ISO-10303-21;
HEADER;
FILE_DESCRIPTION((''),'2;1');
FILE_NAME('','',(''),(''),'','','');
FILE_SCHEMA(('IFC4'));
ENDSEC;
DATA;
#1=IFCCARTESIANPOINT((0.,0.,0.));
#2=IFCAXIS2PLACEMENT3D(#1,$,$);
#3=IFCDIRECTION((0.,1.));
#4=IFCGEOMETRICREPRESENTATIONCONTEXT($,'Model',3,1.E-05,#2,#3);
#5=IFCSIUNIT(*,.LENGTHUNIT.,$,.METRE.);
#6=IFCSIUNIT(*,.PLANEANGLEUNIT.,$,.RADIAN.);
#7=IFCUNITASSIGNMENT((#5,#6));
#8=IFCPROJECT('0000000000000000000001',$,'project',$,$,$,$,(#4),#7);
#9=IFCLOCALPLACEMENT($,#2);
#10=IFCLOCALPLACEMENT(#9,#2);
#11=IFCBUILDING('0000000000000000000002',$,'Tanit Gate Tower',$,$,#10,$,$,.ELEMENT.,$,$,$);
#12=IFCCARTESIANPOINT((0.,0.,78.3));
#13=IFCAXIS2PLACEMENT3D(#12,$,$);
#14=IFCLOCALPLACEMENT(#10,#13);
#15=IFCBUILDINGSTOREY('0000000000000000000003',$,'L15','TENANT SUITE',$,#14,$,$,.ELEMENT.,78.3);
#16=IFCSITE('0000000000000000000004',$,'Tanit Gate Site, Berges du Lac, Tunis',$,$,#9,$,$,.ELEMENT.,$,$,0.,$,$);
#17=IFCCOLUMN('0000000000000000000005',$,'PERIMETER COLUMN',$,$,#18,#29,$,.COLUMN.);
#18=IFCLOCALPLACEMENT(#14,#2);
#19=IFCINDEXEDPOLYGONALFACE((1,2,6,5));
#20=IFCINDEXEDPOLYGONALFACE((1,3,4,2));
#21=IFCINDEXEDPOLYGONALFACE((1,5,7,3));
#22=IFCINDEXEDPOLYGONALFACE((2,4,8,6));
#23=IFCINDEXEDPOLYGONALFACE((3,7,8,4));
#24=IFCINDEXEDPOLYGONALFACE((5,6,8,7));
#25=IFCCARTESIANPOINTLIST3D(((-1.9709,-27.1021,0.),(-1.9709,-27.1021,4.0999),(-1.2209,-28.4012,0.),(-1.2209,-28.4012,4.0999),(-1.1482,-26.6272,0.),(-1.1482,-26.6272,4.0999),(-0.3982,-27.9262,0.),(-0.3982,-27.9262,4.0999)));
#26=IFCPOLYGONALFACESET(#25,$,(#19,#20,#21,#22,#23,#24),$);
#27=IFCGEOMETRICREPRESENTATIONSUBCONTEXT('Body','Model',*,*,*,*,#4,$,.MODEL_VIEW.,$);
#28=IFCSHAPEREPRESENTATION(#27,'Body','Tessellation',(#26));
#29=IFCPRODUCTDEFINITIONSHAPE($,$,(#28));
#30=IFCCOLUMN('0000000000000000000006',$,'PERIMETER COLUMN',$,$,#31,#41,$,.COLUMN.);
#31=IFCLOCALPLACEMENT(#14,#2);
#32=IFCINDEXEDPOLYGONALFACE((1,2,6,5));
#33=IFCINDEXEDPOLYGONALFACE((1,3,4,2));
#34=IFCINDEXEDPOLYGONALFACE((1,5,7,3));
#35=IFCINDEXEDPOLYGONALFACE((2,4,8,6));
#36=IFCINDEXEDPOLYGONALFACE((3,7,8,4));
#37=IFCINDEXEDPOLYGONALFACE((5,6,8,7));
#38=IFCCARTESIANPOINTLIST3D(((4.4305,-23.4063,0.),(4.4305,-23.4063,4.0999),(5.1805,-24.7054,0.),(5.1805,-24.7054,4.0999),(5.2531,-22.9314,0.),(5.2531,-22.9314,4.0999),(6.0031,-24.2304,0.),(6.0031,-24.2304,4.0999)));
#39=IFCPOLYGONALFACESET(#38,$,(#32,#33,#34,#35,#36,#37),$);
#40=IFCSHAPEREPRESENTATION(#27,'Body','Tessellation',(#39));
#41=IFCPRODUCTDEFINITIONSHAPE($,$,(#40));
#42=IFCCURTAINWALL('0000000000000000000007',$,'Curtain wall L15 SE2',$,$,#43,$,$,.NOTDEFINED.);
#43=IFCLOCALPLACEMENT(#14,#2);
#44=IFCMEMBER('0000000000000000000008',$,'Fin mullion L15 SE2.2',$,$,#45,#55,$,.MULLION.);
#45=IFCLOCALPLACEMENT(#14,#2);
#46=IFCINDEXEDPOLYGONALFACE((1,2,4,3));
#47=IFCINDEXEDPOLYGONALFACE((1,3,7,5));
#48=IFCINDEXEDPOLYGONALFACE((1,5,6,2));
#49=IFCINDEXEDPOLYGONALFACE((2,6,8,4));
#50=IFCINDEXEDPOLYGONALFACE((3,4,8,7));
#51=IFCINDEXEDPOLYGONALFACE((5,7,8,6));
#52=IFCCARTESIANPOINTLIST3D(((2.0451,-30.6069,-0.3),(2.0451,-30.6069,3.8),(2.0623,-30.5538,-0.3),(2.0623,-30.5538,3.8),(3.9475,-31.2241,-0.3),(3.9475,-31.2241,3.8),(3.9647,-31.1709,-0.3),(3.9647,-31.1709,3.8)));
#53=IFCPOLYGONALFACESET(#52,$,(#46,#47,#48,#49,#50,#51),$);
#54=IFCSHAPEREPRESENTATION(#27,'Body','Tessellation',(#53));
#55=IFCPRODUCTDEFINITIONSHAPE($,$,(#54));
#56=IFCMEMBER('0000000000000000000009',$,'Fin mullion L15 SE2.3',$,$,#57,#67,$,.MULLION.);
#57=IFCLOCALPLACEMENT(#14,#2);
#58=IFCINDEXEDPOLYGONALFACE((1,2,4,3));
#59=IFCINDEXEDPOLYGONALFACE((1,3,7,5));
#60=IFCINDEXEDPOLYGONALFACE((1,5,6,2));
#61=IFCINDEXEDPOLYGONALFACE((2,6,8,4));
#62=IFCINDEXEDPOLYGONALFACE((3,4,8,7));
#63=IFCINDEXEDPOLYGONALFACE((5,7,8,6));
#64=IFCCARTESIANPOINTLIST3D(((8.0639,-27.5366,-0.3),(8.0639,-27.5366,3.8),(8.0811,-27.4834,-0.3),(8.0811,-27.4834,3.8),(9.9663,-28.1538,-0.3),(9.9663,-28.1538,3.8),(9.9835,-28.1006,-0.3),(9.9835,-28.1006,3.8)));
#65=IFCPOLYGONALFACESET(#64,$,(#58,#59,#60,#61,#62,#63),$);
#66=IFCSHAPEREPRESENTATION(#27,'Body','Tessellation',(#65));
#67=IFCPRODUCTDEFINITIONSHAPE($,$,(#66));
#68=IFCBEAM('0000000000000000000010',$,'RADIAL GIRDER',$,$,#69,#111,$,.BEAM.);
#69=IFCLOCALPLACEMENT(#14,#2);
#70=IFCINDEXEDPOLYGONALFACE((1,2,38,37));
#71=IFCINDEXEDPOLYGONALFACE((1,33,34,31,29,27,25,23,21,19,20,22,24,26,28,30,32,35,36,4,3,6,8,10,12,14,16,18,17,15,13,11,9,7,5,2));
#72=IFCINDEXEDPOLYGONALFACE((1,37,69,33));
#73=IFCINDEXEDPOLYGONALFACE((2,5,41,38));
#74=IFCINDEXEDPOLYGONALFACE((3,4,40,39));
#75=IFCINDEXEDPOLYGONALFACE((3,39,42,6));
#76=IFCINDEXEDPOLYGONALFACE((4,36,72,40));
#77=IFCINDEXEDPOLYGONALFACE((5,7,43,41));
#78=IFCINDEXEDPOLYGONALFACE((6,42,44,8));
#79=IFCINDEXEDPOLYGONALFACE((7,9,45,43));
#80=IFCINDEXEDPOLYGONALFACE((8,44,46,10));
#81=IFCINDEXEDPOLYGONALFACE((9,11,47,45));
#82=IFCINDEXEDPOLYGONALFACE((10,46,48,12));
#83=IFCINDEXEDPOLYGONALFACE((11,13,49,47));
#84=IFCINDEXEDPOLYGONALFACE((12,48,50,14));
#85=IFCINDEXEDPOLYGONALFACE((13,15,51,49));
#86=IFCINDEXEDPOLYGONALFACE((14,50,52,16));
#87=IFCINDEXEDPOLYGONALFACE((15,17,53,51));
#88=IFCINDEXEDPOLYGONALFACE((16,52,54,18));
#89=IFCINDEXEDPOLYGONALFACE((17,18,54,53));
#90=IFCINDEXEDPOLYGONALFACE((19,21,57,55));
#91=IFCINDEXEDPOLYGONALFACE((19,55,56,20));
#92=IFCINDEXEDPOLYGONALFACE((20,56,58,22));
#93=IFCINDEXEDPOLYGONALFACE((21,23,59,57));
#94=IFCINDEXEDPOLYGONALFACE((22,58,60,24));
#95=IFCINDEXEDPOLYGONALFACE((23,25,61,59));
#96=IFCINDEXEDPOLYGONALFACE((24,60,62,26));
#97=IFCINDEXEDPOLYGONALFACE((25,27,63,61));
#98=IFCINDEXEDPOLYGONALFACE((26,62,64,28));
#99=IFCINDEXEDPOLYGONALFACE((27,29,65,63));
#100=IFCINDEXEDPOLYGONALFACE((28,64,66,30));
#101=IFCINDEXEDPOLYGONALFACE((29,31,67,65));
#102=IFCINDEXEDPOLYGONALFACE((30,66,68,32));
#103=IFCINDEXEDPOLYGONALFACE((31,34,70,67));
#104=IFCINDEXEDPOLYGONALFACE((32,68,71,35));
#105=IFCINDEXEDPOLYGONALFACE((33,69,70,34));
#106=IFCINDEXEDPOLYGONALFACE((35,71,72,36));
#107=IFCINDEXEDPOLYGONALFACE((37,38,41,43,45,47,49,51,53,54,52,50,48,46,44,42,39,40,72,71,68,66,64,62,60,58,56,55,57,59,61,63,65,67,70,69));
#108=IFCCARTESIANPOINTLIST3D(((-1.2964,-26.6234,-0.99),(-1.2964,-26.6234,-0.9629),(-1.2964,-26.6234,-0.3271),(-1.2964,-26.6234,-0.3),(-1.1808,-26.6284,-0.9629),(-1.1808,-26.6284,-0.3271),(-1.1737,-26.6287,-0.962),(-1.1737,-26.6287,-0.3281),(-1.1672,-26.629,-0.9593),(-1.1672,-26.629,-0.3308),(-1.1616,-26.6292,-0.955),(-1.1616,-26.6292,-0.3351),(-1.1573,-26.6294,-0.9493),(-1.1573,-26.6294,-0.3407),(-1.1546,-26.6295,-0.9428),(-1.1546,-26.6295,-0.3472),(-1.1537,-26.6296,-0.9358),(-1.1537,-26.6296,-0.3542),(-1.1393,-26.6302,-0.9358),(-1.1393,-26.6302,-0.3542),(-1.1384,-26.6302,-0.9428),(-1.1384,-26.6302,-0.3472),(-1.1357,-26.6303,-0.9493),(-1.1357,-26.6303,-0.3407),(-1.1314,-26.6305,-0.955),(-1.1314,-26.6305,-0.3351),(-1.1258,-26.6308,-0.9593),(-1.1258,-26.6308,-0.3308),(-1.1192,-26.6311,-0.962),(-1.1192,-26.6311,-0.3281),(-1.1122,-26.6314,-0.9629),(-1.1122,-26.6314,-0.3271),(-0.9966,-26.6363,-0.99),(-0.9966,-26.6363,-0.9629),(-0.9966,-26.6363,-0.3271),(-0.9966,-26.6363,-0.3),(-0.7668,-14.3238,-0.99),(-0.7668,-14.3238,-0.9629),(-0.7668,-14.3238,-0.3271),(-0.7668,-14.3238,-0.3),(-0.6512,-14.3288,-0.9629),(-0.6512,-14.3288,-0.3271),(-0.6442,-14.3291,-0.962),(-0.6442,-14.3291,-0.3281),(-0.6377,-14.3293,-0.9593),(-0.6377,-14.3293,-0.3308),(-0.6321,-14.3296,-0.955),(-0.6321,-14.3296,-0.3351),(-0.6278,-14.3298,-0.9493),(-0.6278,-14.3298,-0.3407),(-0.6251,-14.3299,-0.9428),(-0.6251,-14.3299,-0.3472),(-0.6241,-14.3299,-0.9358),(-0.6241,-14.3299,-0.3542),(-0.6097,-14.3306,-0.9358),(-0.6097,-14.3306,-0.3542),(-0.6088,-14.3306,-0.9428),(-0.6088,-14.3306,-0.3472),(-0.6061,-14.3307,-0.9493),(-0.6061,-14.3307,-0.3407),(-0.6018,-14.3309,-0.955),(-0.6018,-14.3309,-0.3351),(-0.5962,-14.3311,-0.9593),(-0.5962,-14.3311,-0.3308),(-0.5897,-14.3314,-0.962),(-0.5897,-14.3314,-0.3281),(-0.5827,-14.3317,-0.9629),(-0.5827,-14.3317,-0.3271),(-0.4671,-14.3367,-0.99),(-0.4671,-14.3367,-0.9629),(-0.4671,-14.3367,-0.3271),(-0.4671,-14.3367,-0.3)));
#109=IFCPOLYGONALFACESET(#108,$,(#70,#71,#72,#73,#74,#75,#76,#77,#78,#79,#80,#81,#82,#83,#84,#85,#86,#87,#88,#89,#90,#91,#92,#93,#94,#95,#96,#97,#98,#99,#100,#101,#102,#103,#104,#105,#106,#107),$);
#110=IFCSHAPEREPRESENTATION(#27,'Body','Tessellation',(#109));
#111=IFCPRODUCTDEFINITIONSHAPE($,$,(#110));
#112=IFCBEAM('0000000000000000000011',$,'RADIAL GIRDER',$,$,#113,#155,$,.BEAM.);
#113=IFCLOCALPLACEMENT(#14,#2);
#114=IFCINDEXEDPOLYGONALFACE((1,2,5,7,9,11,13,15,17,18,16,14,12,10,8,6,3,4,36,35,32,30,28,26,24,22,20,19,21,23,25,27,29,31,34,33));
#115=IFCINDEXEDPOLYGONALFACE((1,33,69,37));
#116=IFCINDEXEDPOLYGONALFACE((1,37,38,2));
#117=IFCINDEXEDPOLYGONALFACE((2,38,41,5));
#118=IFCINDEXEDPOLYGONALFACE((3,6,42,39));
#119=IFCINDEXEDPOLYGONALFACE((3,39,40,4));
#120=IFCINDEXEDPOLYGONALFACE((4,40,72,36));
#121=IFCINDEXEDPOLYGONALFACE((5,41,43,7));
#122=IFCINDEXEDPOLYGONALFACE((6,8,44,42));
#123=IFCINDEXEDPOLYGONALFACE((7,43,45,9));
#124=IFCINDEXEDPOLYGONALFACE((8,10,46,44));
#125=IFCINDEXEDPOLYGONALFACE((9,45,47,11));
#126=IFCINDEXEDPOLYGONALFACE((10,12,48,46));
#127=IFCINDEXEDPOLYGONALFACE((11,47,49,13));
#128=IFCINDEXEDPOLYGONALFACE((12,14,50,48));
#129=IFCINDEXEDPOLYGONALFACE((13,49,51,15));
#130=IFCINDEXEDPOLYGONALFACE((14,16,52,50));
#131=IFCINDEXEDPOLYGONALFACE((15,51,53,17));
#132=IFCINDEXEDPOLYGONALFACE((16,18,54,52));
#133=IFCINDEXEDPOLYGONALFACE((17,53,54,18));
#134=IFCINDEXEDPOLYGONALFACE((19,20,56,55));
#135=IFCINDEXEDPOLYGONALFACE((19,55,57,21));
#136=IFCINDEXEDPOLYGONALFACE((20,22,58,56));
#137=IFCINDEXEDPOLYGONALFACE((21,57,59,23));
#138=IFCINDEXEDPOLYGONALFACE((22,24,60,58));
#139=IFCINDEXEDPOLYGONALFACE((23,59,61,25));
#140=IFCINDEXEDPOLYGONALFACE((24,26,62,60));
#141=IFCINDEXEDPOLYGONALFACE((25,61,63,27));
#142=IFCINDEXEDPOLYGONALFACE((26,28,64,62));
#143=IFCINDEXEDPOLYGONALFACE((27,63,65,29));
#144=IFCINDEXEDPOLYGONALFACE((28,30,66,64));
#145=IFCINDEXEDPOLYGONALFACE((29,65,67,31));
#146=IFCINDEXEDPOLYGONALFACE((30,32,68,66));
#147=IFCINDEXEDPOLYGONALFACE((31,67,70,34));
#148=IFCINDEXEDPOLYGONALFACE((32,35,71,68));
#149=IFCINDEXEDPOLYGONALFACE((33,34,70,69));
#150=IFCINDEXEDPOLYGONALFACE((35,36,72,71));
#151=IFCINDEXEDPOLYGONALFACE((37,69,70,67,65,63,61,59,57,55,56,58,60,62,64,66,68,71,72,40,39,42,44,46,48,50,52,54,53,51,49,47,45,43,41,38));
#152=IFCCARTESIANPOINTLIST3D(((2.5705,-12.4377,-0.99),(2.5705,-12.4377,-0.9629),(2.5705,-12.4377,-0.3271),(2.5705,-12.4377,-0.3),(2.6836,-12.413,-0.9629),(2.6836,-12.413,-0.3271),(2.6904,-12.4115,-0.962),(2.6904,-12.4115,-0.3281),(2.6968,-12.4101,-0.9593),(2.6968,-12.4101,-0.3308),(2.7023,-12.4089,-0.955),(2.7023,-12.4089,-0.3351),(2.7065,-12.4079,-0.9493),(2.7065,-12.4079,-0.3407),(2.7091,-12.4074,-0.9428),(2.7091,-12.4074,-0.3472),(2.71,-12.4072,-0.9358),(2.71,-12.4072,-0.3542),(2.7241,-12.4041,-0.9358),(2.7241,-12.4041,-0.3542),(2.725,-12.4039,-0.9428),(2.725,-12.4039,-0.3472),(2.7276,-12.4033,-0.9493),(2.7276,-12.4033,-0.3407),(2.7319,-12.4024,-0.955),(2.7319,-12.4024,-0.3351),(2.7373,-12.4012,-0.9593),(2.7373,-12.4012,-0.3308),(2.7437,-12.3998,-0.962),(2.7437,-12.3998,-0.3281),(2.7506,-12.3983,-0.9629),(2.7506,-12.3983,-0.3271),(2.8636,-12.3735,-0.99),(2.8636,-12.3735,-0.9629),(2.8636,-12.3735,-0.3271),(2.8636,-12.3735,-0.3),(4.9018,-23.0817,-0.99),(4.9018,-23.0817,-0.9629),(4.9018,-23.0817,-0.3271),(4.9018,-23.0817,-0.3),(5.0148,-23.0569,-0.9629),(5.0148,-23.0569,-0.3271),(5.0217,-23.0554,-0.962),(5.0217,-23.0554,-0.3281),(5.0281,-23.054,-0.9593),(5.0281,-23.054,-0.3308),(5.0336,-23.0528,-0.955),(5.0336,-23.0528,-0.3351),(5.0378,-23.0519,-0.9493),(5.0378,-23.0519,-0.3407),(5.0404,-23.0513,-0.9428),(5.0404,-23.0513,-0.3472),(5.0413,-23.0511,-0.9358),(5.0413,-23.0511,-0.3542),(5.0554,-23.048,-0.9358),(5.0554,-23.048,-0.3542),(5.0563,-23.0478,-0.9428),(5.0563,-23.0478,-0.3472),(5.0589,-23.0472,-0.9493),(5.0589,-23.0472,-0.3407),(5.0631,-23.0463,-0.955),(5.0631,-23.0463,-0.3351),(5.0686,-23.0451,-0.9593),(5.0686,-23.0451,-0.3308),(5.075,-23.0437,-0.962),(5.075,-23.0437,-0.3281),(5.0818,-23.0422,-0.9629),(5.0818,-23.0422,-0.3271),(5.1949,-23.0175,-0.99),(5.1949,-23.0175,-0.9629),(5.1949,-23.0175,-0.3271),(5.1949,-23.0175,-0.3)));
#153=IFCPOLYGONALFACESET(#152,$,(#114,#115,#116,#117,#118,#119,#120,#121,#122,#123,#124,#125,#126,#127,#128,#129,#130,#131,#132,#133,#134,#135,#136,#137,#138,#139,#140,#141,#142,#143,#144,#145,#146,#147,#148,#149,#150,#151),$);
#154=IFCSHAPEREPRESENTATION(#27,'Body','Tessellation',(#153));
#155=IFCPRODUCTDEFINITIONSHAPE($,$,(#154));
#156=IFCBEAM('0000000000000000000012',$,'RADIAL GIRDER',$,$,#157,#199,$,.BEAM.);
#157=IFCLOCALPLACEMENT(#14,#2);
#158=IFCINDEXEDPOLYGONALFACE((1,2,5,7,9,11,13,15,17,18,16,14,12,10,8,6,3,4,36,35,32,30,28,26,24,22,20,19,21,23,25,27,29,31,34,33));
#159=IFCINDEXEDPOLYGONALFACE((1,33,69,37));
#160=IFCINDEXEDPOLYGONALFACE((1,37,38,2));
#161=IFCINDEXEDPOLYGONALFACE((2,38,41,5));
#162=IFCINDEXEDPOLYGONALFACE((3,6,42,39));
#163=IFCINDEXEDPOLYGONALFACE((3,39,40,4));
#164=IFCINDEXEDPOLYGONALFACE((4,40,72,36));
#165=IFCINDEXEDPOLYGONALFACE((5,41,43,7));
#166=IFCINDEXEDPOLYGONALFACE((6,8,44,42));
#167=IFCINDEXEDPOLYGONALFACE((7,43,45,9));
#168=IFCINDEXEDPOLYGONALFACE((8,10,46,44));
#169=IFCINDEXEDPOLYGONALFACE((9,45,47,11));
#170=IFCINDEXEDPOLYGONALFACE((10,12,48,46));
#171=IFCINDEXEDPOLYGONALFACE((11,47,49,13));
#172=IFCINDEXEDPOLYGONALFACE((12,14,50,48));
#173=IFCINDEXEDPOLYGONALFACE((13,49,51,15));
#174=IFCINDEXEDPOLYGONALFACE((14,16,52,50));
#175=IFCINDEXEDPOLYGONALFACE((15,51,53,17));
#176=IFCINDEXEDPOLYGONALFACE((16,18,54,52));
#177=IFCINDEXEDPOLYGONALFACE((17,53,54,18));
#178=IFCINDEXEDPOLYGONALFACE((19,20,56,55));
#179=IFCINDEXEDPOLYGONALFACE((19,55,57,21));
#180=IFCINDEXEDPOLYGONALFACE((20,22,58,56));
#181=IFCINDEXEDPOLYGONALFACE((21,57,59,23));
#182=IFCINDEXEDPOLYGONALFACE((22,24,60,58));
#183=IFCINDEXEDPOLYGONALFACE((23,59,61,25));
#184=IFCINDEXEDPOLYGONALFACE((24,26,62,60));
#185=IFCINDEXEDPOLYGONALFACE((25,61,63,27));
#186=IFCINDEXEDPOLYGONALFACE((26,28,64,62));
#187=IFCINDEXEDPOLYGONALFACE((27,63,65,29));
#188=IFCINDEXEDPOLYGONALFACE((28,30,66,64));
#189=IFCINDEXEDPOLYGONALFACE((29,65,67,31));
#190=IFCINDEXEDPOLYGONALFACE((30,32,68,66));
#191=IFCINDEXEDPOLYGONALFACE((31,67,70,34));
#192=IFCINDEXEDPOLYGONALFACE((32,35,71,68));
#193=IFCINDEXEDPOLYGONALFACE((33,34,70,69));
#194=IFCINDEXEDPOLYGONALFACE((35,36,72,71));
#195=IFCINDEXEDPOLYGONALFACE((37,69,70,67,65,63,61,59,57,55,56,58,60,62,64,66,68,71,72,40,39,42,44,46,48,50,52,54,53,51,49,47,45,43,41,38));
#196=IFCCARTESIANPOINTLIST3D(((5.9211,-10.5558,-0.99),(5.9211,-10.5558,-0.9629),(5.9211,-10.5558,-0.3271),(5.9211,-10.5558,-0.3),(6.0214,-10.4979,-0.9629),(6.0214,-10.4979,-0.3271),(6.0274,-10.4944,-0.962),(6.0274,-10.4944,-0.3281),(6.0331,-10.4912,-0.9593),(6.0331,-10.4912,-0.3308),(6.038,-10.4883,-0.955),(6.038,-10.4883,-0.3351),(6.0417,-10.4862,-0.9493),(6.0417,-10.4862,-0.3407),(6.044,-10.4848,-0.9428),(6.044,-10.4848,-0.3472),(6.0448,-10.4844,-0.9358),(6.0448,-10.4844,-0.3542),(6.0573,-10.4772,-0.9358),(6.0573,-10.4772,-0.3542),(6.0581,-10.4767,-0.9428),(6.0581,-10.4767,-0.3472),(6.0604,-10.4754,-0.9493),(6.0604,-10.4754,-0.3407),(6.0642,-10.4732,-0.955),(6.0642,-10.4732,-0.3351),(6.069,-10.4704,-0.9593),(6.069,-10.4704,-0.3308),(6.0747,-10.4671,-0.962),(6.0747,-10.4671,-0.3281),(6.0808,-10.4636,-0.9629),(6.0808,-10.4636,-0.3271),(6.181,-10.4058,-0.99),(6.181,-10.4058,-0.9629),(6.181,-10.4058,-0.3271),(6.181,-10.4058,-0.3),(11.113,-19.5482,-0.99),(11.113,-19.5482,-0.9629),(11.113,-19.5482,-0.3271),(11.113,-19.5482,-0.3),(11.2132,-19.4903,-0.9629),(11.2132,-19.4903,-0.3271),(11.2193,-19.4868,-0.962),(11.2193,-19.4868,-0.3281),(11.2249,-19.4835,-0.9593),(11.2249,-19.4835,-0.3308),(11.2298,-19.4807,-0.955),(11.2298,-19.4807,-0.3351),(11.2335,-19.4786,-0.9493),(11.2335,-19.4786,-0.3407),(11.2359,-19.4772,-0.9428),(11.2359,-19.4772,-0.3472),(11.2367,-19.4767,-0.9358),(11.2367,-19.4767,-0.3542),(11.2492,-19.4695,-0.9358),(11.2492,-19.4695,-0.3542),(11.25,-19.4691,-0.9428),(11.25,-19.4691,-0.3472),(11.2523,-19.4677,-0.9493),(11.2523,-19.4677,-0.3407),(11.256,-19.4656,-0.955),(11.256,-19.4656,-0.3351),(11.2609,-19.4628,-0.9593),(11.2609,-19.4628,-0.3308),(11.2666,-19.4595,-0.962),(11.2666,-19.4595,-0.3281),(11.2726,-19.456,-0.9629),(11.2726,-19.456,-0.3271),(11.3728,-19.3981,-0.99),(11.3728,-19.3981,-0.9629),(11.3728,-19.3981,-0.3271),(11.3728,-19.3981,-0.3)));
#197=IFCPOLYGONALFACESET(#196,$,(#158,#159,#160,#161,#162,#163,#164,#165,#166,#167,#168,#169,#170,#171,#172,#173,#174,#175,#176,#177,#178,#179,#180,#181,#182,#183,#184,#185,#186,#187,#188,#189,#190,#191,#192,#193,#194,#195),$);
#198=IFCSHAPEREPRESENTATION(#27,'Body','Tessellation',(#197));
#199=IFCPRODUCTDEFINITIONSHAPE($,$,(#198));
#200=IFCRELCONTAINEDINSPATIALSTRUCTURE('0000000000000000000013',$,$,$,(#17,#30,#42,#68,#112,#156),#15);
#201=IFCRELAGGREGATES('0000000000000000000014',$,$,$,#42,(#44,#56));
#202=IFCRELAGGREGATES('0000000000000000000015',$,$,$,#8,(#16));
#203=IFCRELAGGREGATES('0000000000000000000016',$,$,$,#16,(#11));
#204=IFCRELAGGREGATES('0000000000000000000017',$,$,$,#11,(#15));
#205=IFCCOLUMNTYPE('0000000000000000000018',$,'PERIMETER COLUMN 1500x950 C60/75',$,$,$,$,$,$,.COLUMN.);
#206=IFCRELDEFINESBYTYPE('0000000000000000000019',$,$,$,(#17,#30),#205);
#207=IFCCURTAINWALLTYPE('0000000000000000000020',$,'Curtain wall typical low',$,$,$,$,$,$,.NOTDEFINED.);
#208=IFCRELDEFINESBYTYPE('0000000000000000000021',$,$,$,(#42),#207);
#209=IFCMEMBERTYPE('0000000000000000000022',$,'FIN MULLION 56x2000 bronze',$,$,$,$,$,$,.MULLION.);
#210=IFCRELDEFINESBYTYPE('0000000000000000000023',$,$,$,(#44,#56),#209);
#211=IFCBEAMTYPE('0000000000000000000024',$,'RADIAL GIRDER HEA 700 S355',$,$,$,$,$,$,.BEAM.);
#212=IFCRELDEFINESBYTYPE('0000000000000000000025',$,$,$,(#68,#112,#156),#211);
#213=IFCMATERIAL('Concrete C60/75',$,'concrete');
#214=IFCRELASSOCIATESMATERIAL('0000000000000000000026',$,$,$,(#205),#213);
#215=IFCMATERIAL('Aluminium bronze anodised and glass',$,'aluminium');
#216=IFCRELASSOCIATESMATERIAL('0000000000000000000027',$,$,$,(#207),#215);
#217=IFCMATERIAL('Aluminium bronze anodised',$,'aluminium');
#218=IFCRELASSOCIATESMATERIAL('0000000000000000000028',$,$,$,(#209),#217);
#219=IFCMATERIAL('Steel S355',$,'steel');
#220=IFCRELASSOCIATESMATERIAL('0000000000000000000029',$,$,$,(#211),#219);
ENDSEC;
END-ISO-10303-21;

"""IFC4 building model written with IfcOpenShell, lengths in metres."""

from ifc_helpers import new_model, si_unit, direction, frame, origin, origin_2d, place, context, subcontext, project, spatial, rectangle, i_section, extrude, material, material_profile, profile_set, type_object, element, aggregate, save


model = new_model("IFC4")

# Units and contexts
model_context = context("Model", 3, precision=1e-05, world=origin(), true_north=direction((0.0, 1.0)))
body_context = subcontext(model_context, "Body", "Model", "MODEL_VIEW")
ifc_project = project(units=[si_unit("LENGTHUNIT", "METRE"), si_unit("PLANEANGLEUNIT", "RADIAN")], contexts=[model_context])

# Site, building, storey
site_placement = place(None, origin())
site = spatial("IfcSite", under=ifc_project, at=site_placement, Name="Tanit Gate Site, Berges du Lac, Tunis", CompositionType="ELEMENT", RefElevation=0.0)
building_placement = place(site_placement, origin())
building = spatial("IfcBuilding", under=site, at=building_placement, Name="Tanit Gate Tower", CompositionType="ELEMENT")
storey_placement = place(building_placement, frame((0.0, 0.0, 78.3)))
storey = spatial("IfcBuildingStorey", under=building, at=storey_placement, Name="L15", Description="TENANT SUITE", CompositionType="ELEMENT", Elevation=78.3)

# Columns
ifc_material_1 = material(Name="Concrete C60/75", Category="concrete")
ifc_material_profile_1 = material_profile(ifc_material_1, rectangle(XDim=1.5, YDim=0.95, at=origin_2d()), Name="RC 1500x950")
ifc_profile_set_1 = profile_set([ifc_material_profile_1], Name="Concrete C60/75")
column_type = type_object("IfcColumnType", Name="PERIMETER COLUMN 1500x950 C60/75", PredefinedType="COLUMN", material=ifc_profile_set_1)
for number, where, z_axis, x_axis, name in (
    (1, (-1.1846, -27.5142, 0.0), (0.0, 0.0, 1.0), (0.5, -0.866025, 0.0), "PERIMETER COLUMN"),
    (2, (5.2168, -23.8184, 0.0), (0.0, 0.0, 1.0), (0.5, -0.866025, 0.0), "PERIMETER COLUMN"),
):
    element("IfcColumn", number, at=place(storey_placement, frame(where, z_axis=z_axis, x_axis=x_axis)), inside=storey, type_object=column_type, Name=name, PredefinedType="COLUMN", context=body_context, shape_type="SweptSolid", body=[
        extrude(rectangle(XDim=1.5, YDim=0.95, at=origin_2d()), origin(), (0.0, 0.0, 1.0), 4.0999),
    ])

# Curtain wall, members
ifc_material_2 = material(Name="Aluminium bronze anodised and glass", Category="aluminium")
curtain_wall_type = type_object("IfcCurtainWallType", Name="Curtain wall typical low", PredefinedType="NOTDEFINED", material=ifc_material_2)
curtain_wall_placement = place(storey_placement, origin())
curtain_wall = element("IfcCurtainWall", 3, at=curtain_wall_placement, inside=storey, type_object=curtain_wall_type, Name="Curtain wall L15 SE2", PredefinedType="NOTDEFINED")
ifc_material_3 = material(Name="Aluminium bronze anodised", Category="aluminium")
ifc_material_profile_2 = material_profile(ifc_material_3, rectangle(XDim=2.0, YDim=0.0559, at=origin_2d()), Name="56x2000 bronze fin mullion")
ifc_profile_set_2 = profile_set([ifc_material_profile_2], Name="Aluminium bronze anodised")
member_type_1 = type_object("IfcMemberType", Name="FIN MULLION 56x2000 bronze", PredefinedType="MULLION", material=ifc_profile_set_2)
member_1_placement = place(storey_placement, frame((3.0049, -30.8889, -0.3), z_axis=(0.0, 0.0, 1.0), x_axis=(-0.951202, 0.308568, 0.0)))
member_1 = element("IfcMember", 4, at=member_1_placement, type_object=member_type_1, Name="Fin mullion L15 SE2.2", PredefinedType="MULLION", context=body_context, shape_type="SweptSolid", body=[
    extrude(rectangle(XDim=2.0, YDim=0.0559, at=origin_2d()), origin(), (0.0, 0.0, 1.0), 4.1001),
])
member_2_placement = place(storey_placement, frame((9.0237, -27.8186, -0.3), z_axis=(0.0, 0.0, 1.0), x_axis=(-0.951202, 0.308568, 0.0)))
member_2 = element("IfcMember", 5, at=member_2_placement, type_object=member_type_1, Name="Fin mullion L15 SE2.3", PredefinedType="MULLION", context=body_context, shape_type="SweptSolid", body=[
    extrude(rectangle(XDim=2.0, YDim=0.0559, at=origin_2d()), origin(), (0.0, 0.0, 1.0), 4.1001),
])

# Beams
ifc_material_4 = material(Name="Steel S355", Category="steel")
ifc_material_profile_3 = material_profile(ifc_material_4, i_section(OverallWidth=0.3, OverallDepth=0.6899, WebThickness=0.0144, FlangeThickness=0.0271, FilletRadius=0.0271, at=origin_2d()), Name="HEA 700")
ifc_profile_set_3 = profile_set([ifc_material_profile_3], Name="Steel S355")
beam_type = type_object("IfcBeamType", Name="RADIAL GIRDER HEA 700 S355", PredefinedType="BEAM", material=ifc_profile_set_3)
beam_1_placement = place(storey_placement, frame((-1.1465, -26.6299, -0.645), z_axis=(0.043014, 0.999074, 0.0), x_axis=(-0.999074, 0.043014, 0.0)))
element("IfcBeam", 6, at=beam_1_placement, inside=storey, type_object=beam_type, Name="RADIAL GIRDER", PredefinedType="BEAM", context=body_context, shape_type="SweptSolid", body=[
    extrude(i_section(OverallWidth=0.3, OverallDepth=0.6899, WebThickness=0.0144, FlangeThickness=0.0271, FilletRadius=0.0271, at=origin_2d()), origin(), (0.0, 0.0, 1.0), 12.311),
])
beam_2_placement = place(storey_placement, frame((5.0483, -23.0496, -0.645), z_axis=(-0.213952, 0.976844, 0.0), x_axis=(-0.976844, -0.213952, 0.0)))
element("IfcBeam", 7, at=beam_2_placement, inside=storey, type_object=beam_type, Name="RADIAL GIRDER", PredefinedType="BEAM", context=body_context, shape_type="SweptSolid", body=[
    extrude(i_section(OverallWidth=0.3, OverallDepth=0.6899, WebThickness=0.0144, FlangeThickness=0.0271, FilletRadius=0.0271, at=origin_2d()), origin(), (0.0, 0.0, 1.0), 10.8962),
])
beam_3_placement = place(storey_placement, frame((11.2429, -19.4731, -0.645), z_axis=(-0.500008, 0.866021, 0.0), x_axis=(-0.866021, -0.500008, 0.0)))
element("IfcBeam", 8, at=beam_3_placement, inside=storey, type_object=beam_type, Name="RADIAL GIRDER", PredefinedType="BEAM", context=body_context, shape_type="SweptSolid", body=[
    extrude(i_section(OverallWidth=0.3, OverallDepth=0.6899, WebThickness=0.0144, FlangeThickness=0.0271, FilletRadius=0.0271, at=origin_2d()), origin(), (0.0, 0.0, 1.0), 10.3835),
])

aggregate(curtain_wall, [member_1, member_2])

save(model, "model.ifc")
